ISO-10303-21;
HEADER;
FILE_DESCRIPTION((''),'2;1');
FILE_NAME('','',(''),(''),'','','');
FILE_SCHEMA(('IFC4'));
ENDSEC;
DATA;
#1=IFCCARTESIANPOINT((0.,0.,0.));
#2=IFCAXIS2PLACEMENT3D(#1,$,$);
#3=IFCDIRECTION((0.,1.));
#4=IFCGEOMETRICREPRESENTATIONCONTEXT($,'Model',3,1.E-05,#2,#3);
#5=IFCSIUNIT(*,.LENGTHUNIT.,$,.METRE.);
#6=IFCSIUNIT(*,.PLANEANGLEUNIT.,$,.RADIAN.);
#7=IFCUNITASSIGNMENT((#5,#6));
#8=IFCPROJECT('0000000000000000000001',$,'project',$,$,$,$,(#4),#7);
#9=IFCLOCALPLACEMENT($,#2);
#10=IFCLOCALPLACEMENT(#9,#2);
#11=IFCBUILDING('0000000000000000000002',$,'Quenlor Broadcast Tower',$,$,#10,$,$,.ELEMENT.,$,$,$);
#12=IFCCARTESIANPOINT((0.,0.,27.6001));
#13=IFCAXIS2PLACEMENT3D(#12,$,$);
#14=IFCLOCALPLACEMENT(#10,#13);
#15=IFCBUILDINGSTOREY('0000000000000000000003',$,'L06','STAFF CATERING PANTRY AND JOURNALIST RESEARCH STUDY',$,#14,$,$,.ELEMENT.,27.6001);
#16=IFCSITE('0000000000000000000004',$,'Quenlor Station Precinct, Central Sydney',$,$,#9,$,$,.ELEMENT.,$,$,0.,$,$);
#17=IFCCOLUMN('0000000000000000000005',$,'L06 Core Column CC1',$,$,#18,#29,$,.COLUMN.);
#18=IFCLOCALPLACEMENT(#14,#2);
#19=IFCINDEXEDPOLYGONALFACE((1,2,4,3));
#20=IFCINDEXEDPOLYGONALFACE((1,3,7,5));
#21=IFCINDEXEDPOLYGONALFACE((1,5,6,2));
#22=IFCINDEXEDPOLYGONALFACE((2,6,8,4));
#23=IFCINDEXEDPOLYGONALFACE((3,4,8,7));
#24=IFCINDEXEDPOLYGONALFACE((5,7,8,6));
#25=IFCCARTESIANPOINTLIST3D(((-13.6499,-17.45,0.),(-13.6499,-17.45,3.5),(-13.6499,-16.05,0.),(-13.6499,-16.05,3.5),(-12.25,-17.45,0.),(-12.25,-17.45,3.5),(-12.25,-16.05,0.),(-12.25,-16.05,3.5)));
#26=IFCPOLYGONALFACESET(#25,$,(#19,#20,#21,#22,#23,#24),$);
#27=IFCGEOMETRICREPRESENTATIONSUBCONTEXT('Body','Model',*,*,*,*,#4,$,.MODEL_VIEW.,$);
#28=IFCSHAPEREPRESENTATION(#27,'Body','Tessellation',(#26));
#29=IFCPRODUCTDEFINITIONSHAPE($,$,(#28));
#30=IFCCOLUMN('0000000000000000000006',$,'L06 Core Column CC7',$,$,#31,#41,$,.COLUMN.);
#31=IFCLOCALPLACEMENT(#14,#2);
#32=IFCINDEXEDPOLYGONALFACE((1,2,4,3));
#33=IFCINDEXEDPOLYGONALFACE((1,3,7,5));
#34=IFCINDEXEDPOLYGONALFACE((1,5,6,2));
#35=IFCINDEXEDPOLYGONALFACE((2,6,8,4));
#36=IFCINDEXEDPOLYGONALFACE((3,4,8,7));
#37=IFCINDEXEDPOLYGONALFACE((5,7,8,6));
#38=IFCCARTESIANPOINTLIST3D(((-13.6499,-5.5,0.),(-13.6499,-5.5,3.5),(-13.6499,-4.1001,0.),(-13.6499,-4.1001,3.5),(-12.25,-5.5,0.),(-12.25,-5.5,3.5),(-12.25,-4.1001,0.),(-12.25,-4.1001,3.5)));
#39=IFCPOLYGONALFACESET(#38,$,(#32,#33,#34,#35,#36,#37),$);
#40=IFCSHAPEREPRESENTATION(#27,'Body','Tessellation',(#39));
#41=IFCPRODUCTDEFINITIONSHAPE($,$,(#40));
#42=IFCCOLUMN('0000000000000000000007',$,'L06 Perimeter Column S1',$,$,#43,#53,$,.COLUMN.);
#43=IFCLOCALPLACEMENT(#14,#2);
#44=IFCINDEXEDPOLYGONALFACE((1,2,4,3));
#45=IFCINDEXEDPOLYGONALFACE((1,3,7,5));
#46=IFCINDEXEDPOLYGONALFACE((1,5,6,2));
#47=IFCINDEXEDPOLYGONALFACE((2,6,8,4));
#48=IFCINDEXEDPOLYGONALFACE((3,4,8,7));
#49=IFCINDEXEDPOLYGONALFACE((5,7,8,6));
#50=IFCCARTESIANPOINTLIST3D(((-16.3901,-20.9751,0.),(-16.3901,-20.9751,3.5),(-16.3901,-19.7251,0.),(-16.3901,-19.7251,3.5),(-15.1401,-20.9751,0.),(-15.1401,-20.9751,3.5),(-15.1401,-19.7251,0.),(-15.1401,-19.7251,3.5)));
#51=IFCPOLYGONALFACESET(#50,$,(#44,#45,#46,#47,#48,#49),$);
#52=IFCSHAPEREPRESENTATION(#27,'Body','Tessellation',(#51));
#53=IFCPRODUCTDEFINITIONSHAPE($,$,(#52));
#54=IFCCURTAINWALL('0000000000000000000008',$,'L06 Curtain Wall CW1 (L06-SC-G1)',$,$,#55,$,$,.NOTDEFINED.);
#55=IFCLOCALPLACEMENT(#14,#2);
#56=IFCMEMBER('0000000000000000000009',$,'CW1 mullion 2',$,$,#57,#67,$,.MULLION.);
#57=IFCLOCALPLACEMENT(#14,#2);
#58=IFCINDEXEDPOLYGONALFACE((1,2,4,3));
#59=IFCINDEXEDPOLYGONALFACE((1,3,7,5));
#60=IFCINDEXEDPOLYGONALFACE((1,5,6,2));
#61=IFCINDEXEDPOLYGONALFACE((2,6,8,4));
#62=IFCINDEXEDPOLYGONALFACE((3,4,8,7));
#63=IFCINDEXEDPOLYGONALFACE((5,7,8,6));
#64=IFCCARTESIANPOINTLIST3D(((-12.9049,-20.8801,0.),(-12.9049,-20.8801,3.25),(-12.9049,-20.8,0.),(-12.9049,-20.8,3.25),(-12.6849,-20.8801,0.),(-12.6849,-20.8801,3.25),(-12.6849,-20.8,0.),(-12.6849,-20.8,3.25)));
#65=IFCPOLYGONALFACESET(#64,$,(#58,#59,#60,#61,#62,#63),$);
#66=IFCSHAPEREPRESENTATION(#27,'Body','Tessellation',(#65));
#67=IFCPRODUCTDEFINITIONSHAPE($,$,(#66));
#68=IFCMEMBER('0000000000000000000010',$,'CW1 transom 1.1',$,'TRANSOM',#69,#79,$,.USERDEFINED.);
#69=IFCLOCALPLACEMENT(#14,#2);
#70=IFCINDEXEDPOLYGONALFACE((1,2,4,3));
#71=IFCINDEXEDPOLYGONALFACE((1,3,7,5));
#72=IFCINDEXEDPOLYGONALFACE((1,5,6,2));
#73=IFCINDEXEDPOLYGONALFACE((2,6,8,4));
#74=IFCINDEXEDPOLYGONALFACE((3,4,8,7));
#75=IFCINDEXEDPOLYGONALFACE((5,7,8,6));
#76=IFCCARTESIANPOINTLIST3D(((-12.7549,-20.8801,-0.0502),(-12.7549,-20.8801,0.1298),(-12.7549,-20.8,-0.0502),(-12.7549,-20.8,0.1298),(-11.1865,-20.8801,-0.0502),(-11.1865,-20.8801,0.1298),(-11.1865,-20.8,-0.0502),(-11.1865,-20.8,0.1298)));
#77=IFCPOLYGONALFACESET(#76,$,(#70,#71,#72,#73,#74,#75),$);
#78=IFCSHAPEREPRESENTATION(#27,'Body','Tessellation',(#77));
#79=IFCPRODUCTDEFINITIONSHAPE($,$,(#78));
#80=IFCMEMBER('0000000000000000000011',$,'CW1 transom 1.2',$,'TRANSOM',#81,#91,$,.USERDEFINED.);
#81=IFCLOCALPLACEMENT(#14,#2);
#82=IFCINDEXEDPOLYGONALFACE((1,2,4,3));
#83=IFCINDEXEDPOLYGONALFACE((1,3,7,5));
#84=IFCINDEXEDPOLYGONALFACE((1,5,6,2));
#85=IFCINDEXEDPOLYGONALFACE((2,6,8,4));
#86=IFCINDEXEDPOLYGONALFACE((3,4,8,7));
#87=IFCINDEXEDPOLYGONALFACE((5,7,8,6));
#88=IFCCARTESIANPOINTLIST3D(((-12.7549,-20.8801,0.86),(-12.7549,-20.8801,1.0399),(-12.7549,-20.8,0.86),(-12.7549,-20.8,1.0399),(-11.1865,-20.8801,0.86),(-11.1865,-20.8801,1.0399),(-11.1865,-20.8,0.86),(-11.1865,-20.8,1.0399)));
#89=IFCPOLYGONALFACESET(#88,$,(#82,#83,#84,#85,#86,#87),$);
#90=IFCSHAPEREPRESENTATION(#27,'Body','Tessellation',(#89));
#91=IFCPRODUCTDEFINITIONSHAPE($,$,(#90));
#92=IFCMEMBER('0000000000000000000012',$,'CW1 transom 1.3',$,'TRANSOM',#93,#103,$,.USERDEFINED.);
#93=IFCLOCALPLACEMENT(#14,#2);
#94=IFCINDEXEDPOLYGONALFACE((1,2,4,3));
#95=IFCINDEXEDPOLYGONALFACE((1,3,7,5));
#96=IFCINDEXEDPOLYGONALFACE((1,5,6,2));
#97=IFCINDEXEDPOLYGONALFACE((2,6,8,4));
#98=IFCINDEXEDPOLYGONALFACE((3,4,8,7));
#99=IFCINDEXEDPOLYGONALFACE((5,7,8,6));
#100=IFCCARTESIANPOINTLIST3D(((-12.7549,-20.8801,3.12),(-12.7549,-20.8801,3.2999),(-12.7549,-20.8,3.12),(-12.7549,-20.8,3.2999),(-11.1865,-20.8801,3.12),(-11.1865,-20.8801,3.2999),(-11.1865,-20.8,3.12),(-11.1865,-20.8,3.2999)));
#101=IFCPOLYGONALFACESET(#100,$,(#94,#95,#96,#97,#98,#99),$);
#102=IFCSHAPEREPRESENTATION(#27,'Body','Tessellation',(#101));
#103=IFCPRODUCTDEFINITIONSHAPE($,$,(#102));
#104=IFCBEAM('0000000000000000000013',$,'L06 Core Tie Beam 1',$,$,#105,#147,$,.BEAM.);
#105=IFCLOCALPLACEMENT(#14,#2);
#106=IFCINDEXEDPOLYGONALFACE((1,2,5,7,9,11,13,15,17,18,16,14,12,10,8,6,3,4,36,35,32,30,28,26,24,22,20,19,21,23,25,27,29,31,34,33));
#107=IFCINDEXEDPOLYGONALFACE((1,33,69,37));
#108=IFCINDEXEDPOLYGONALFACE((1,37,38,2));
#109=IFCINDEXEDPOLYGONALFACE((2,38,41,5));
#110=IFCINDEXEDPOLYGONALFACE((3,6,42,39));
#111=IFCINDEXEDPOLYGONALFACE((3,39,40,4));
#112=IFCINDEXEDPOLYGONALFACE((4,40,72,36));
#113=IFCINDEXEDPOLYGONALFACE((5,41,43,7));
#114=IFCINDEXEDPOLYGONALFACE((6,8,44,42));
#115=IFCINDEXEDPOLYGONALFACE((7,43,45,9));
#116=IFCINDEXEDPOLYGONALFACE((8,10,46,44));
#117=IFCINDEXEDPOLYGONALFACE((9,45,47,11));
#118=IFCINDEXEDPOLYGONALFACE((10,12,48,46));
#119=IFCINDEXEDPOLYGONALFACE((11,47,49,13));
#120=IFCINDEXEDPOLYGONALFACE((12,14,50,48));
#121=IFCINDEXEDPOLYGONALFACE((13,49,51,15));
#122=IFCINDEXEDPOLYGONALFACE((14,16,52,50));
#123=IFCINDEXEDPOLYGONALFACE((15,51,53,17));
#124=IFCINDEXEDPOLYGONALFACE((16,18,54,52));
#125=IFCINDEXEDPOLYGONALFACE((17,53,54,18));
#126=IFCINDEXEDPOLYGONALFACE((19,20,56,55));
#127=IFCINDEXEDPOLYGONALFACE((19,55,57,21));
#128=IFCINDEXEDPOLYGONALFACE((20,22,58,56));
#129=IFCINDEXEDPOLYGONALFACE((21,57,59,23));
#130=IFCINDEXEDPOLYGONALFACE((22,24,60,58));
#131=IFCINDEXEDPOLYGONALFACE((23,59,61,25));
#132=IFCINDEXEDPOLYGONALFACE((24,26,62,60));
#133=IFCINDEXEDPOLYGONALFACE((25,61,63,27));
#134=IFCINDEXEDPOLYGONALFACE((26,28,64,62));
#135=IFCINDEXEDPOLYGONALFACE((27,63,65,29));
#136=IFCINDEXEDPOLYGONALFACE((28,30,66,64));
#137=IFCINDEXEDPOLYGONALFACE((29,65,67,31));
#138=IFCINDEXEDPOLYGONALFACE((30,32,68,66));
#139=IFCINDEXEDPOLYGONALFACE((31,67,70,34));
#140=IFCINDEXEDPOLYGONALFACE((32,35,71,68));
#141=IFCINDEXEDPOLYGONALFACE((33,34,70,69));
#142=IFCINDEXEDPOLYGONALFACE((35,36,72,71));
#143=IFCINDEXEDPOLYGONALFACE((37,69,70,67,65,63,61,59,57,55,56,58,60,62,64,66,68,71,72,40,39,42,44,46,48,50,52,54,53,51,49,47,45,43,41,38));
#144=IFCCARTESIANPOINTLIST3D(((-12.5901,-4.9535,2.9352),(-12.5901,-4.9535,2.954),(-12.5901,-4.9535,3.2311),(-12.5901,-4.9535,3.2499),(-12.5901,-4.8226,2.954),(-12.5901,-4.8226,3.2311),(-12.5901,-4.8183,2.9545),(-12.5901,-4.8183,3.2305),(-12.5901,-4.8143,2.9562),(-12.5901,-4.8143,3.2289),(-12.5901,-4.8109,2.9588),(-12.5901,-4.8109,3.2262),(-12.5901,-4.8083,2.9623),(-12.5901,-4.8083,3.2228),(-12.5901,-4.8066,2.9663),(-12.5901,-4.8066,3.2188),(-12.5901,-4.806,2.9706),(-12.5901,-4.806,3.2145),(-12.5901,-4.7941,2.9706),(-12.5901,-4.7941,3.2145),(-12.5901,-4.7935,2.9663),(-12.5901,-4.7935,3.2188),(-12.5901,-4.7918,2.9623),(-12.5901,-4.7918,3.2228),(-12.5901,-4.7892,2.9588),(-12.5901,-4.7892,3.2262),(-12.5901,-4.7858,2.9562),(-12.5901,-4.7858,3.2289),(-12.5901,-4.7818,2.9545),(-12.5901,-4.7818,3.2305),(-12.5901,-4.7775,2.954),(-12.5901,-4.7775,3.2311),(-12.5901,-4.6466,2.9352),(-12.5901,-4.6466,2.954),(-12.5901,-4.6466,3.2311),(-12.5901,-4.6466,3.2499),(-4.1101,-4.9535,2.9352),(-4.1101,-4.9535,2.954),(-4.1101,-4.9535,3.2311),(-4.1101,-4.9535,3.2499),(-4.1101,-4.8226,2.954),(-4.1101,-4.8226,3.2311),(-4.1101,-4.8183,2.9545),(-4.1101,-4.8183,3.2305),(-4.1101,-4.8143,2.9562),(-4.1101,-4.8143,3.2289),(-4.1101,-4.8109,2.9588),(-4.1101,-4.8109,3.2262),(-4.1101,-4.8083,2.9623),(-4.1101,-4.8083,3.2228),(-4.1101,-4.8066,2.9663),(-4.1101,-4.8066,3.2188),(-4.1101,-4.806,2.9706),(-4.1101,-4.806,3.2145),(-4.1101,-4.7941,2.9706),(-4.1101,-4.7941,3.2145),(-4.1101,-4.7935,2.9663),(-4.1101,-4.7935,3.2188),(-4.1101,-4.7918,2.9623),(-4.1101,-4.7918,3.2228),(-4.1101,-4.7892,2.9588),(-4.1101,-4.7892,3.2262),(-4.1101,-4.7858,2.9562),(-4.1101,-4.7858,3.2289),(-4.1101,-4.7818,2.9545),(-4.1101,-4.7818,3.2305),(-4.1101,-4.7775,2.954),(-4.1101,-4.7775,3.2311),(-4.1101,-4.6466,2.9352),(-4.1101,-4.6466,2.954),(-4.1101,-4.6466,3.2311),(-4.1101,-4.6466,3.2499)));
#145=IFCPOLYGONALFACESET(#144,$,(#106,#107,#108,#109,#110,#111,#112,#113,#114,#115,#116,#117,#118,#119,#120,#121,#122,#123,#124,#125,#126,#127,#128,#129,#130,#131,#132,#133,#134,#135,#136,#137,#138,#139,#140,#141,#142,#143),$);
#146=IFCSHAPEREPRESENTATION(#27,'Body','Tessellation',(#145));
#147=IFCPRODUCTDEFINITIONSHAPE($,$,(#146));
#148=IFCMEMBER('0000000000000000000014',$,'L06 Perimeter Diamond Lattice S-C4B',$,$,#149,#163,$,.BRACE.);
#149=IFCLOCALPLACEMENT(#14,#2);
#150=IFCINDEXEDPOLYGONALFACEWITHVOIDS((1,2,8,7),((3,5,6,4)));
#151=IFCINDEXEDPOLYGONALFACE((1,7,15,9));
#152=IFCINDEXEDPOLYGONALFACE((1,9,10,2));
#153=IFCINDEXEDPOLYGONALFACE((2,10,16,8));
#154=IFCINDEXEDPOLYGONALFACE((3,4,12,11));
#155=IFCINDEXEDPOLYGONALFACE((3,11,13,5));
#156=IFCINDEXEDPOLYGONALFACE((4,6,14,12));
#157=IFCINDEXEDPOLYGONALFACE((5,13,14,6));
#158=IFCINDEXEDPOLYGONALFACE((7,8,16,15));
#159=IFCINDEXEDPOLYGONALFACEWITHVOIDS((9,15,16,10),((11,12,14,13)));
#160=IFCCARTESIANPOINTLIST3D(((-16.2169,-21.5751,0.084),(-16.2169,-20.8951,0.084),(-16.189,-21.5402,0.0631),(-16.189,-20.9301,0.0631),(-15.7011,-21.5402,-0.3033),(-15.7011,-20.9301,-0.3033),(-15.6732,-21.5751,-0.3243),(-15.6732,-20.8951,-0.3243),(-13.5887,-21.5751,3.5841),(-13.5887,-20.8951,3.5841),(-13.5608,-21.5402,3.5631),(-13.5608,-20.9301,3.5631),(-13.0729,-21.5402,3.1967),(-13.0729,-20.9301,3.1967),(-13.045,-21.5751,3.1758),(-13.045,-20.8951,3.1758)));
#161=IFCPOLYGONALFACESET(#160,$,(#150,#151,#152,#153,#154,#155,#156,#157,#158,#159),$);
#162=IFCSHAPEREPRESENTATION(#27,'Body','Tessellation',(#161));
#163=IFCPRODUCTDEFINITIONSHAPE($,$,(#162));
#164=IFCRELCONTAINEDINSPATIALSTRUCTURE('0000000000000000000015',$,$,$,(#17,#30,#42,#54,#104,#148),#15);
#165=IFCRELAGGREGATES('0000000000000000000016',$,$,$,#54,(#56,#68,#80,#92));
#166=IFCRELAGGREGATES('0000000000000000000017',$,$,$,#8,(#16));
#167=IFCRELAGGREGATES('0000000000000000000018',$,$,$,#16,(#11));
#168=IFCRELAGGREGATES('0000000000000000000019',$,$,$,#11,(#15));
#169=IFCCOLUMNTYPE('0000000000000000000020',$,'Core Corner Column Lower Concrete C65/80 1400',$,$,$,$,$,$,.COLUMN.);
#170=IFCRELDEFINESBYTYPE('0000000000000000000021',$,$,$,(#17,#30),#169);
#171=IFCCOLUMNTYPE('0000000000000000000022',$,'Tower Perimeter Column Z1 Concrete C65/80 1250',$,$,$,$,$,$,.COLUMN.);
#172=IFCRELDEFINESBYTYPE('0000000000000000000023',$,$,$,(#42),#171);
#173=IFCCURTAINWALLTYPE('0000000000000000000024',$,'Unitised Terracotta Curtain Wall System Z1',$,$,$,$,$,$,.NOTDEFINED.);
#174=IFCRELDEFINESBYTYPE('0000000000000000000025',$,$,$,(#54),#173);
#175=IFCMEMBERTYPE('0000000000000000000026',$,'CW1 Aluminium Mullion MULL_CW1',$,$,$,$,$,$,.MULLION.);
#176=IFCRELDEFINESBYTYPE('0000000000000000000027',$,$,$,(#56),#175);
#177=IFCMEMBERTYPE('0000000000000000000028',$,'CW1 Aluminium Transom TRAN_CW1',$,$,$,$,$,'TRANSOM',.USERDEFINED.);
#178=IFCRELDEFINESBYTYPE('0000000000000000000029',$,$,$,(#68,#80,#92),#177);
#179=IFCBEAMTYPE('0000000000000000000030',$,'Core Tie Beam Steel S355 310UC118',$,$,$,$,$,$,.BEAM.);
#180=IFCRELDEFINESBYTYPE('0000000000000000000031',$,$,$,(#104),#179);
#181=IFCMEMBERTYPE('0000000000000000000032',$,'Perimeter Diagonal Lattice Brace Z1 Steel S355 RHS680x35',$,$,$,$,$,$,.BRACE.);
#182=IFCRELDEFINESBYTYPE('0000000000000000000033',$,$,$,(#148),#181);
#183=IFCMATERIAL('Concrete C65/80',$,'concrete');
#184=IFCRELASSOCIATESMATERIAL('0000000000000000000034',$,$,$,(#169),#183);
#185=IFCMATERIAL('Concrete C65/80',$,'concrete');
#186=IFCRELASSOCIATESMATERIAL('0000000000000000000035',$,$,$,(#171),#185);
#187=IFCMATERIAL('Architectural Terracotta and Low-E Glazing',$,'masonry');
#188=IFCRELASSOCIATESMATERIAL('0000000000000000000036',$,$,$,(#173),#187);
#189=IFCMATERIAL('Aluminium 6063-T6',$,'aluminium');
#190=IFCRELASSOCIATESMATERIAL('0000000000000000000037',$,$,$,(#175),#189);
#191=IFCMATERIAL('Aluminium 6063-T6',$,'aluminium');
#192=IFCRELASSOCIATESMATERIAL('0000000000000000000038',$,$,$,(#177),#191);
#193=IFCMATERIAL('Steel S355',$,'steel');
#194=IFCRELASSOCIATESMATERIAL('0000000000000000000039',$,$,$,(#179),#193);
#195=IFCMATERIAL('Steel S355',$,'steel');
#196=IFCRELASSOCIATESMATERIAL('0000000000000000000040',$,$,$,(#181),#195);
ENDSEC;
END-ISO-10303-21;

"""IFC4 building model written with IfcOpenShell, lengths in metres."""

from ifc_helpers import new_model, si_unit, direction, frame, origin, origin_2d, place, context, subcontext, project, spatial, rectangle, hollow_rectangle, i_section, extrude, material, material_profile, profile_set, type_object, element, aggregate, save


model = new_model("IFC4")

# Units and contexts
model_context = context("Model", 3, precision=1e-05, world=origin(), true_north=direction((0.0, 1.0)))
body_context = subcontext(model_context, "Body", "Model", "MODEL_VIEW")
ifc_project = project(units=[si_unit("LENGTHUNIT", "METRE"), si_unit("PLANEANGLEUNIT", "RADIAN")], contexts=[model_context])

# Site, building, storey
site_placement = place(None, origin())
site = spatial("IfcSite", under=ifc_project, at=site_placement, Name="Quenlor Station Precinct, Central Sydney", CompositionType="ELEMENT", RefElevation=0.0)
building_placement = place(site_placement, origin())
building = spatial("IfcBuilding", under=site, at=building_placement, Name="Quenlor Broadcast Tower", CompositionType="ELEMENT")
storey_placement = place(building_placement, frame((0.0, 0.0, 27.6001)))
storey = spatial("IfcBuildingStorey", under=building, at=storey_placement, Name="L06", Description="STAFF CATERING PANTRY AND JOURNALIST RESEARCH STUDY", CompositionType="ELEMENT", Elevation=27.6001)

# Columns
ifc_material_1 = material(Name="Concrete C65/80", Category="concrete")
ifc_material_profile_1 = material_profile(ifc_material_1, rectangle(XDim=1.3999, YDim=1.3999, at=origin_2d()))
ifc_profile_set_1 = profile_set([ifc_material_profile_1], Name="Concrete C65/80 RC1400x1400")
column_type_1 = type_object("IfcColumnType", Name="Core Corner Column Lower Concrete C65/80 1400", PredefinedType="COLUMN", material=ifc_profile_set_1)
for number, where, z_axis, x_axis, name in (
    (1, (-12.95, -16.75, 0.0), (0.0, 0.0, 1.0), (1.0, 0.0, 0.0), "L06 Core Column CC1"),
    (2, (-12.95, -4.8, 0.0), (0.0, 0.0, 1.0), (1.0, 0.0, 0.0), "L06 Core Column CC7"),
):
    element("IfcColumn", number, at=place(storey_placement, frame(where, z_axis=z_axis, x_axis=x_axis)), inside=storey, type_object=column_type_1, Name=name, PredefinedType="COLUMN", context=body_context, shape_type="SweptSolid", body=[
        extrude(rectangle(XDim=1.3999, YDim=1.3999, at=origin_2d()), origin(), (0.0, 0.0, 1.0), 3.5),
    ])
ifc_material_2 = material(Name="Concrete C65/80", Category="concrete")
ifc_material_profile_2 = material_profile(ifc_material_2, rectangle(XDim=1.25, YDim=1.25, at=origin_2d()))
ifc_profile_set_2 = profile_set([ifc_material_profile_2], Name="Concrete C65/80 RC1250x1250")
column_type_2 = type_object("IfcColumnType", Name="Tower Perimeter Column Z1 Concrete C65/80 1250", PredefinedType="COLUMN", material=ifc_profile_set_2)
column_placement = place(storey_placement, frame((-15.7651, -20.3501, 0.0), z_axis=(0.0, 0.0, 1.0), x_axis=(0.0, 1.0, 0.0)))
element("IfcColumn", 3, at=column_placement, inside=storey, type_object=column_type_2, Name="L06 Perimeter Column S1", PredefinedType="COLUMN", context=body_context, shape_type="SweptSolid", body=[
    extrude(rectangle(XDim=1.25, YDim=1.25, at=origin_2d()), origin(), (0.0, 0.0, 1.0), 3.5),
])

# Curtain wall, members
ifc_material_3 = material(Name="Architectural Terracotta and Low-E Glazing", Category="masonry")
curtain_wall_type = type_object("IfcCurtainWallType", Name="Unitised Terracotta Curtain Wall System Z1", PredefinedType="NOTDEFINED", material=ifc_material_3)
curtain_wall_placement = place(storey_placement, origin())
curtain_wall = element("IfcCurtainWall", 4, at=curtain_wall_placement, inside=storey, type_object=curtain_wall_type, Name="L06 Curtain Wall CW1 (L06-SC-G1)", PredefinedType="NOTDEFINED")
ifc_material_4 = material(Name="Aluminium 6063-T6", Category="aluminium")
ifc_material_profile_3 = material_profile(ifc_material_4, rectangle(XDim=0.0801, YDim=0.22, at=origin_2d()))
ifc_profile_set_3 = profile_set([ifc_material_profile_3], Name="Aluminium 6063-T6 MULL80x220")
member_type_1 = type_object("IfcMemberType", Name="CW1 Aluminium Mullion MULL_CW1", PredefinedType="MULLION", material=ifc_profile_set_3)
member_1_placement = place(storey_placement, frame((-12.7949, -20.8401, 0.0), z_axis=(0.0, 0.0, 1.0), x_axis=(0.0, -1.0, 0.0)))
member_1 = element("IfcMember", 5, at=member_1_placement, type_object=member_type_1, Name="CW1 mullion 2", PredefinedType="MULLION", context=body_context, shape_type="SweptSolid", body=[
    extrude(rectangle(XDim=0.0801, YDim=0.22, at=origin_2d()), origin(), (0.0, 0.0, 1.0), 3.25),
])
ifc_material_5 = material(Name="Aluminium 6063-T6", Category="aluminium")
ifc_material_profile_4 = material_profile(ifc_material_5, rectangle(XDim=0.0801, YDim=0.1799, at=origin_2d()))
ifc_profile_set_4 = profile_set([ifc_material_profile_4], Name="Aluminium 6063-T6 TRAN80x180")
member_type_2 = type_object("IfcMemberType", Name="CW1 Aluminium Transom TRAN_CW1", ElementType="TRANSOM", PredefinedType="USERDEFINED", material=ifc_profile_set_4)
member_2_placement = place(storey_placement, frame((-11.1865, -20.8401, 0.0398), z_axis=(-1.0, 0.0, 0.0), x_axis=(0.0, -1.0, 0.0)))
member_2 = element("IfcMember", 6, at=member_2_placement, type_object=member_type_2, Name="CW1 transom 1.1", ObjectType="TRANSOM", PredefinedType="USERDEFINED", context=body_context, shape_type="SweptSolid", body=[
    extrude(rectangle(XDim=0.0801, YDim=0.1799, at=origin_2d()), origin(), (0.0, 0.0, 1.0), 1.5684),
])
member_3_placement = place(storey_placement, frame((-11.1865, -20.8401, 0.95), z_axis=(-1.0, 0.0, 0.0), x_axis=(0.0, -1.0, 0.0)))
member_3 = element("IfcMember", 7, at=member_3_placement, type_object=member_type_2, Name="CW1 transom 1.2", ObjectType="TRANSOM", PredefinedType="USERDEFINED", context=body_context, shape_type="SweptSolid", body=[
    extrude(rectangle(XDim=0.0801, YDim=0.1799, at=origin_2d()), origin(), (0.0, 0.0, 1.0), 1.5684),
])
member_4_placement = place(storey_placement, frame((-11.1865, -20.8401, 3.21), z_axis=(-1.0, 0.0, 0.0), x_axis=(0.0, -1.0, 0.0)))
member_4 = element("IfcMember", 8, at=member_4_placement, type_object=member_type_2, Name="CW1 transom 1.3", ObjectType="TRANSOM", PredefinedType="USERDEFINED", context=body_context, shape_type="SweptSolid", body=[
    extrude(rectangle(XDim=0.0801, YDim=0.1799, at=origin_2d()), origin(), (0.0, 0.0, 1.0), 1.5684),
])

# Beam
ifc_material_6 = material(Name="Steel S355", Category="steel")
ifc_material_profile_5 = material_profile(ifc_material_6, i_section(OverallWidth=0.3069, OverallDepth=0.3147, WebThickness=0.012, FlangeThickness=0.0188, FilletRadius=0.0166, at=origin_2d()))
ifc_profile_set_5 = profile_set([ifc_material_profile_5], Name="Steel S355 310UC118")
beam_type_1 = type_object("IfcBeamType", Name="Core Tie Beam Steel S355 310UC118", PredefinedType="BEAM", material=ifc_profile_set_5)
beam_1_placement = place(storey_placement, frame((-12.5901, -4.8, 3.0925), z_axis=(1.0, 0.0, 0.0), x_axis=(0.0, 1.0, 0.0)))
element("IfcBeam", 9, at=beam_1_placement, inside=storey, type_object=beam_type_1, Name="L06 Core Tie Beam 1", PredefinedType="BEAM", context=body_context, shape_type="SweptSolid", body=[
    extrude(i_section(OverallWidth=0.3069, OverallDepth=0.3147, WebThickness=0.012, FlangeThickness=0.0188, FilletRadius=0.0166, at=origin_2d()), origin(), (0.0, 0.0, 1.0), 8.48),
])

# Member
ifc_material_7 = material(Name="Steel S355", Category="steel")
ifc_material_profile_6 = material_profile(ifc_material_7, hollow_rectangle(XDim=0.6799, YDim=0.6799, WallThickness=0.0349, at=origin_2d()))
ifc_profile_set_6 = profile_set([ifc_material_profile_6], Name="Steel S355 RHS680x680x35")
member_type_3 = type_object("IfcMemberType", Name="Perimeter Diagonal Lattice Brace Z1 Steel S355 RHS680x35", PredefinedType="BRACE", material=ifc_profile_set_6)
member_5_placement = place(storey_placement, frame((-15.9451, -21.2351, -0.1201), z_axis=(0.600464, 0.0, 0.799652), x_axis=(0.0, 1.0, 0.0)))
element("IfcMember", 10, at=member_5_placement, inside=storey, type_object=member_type_3, Name="L06 Perimeter Diamond Lattice S-C4B", PredefinedType="BRACE", context=body_context, shape_type="SweptSolid", body=[
    extrude(hollow_rectangle(XDim=0.6799, YDim=0.6799, WallThickness=0.0349, at=origin_2d()), origin(), (0.0, 0.0, 1.0), 4.377),
])

aggregate(curtain_wall, [member_1, member_2, member_3, member_4])

save(model, "model.ifc")
